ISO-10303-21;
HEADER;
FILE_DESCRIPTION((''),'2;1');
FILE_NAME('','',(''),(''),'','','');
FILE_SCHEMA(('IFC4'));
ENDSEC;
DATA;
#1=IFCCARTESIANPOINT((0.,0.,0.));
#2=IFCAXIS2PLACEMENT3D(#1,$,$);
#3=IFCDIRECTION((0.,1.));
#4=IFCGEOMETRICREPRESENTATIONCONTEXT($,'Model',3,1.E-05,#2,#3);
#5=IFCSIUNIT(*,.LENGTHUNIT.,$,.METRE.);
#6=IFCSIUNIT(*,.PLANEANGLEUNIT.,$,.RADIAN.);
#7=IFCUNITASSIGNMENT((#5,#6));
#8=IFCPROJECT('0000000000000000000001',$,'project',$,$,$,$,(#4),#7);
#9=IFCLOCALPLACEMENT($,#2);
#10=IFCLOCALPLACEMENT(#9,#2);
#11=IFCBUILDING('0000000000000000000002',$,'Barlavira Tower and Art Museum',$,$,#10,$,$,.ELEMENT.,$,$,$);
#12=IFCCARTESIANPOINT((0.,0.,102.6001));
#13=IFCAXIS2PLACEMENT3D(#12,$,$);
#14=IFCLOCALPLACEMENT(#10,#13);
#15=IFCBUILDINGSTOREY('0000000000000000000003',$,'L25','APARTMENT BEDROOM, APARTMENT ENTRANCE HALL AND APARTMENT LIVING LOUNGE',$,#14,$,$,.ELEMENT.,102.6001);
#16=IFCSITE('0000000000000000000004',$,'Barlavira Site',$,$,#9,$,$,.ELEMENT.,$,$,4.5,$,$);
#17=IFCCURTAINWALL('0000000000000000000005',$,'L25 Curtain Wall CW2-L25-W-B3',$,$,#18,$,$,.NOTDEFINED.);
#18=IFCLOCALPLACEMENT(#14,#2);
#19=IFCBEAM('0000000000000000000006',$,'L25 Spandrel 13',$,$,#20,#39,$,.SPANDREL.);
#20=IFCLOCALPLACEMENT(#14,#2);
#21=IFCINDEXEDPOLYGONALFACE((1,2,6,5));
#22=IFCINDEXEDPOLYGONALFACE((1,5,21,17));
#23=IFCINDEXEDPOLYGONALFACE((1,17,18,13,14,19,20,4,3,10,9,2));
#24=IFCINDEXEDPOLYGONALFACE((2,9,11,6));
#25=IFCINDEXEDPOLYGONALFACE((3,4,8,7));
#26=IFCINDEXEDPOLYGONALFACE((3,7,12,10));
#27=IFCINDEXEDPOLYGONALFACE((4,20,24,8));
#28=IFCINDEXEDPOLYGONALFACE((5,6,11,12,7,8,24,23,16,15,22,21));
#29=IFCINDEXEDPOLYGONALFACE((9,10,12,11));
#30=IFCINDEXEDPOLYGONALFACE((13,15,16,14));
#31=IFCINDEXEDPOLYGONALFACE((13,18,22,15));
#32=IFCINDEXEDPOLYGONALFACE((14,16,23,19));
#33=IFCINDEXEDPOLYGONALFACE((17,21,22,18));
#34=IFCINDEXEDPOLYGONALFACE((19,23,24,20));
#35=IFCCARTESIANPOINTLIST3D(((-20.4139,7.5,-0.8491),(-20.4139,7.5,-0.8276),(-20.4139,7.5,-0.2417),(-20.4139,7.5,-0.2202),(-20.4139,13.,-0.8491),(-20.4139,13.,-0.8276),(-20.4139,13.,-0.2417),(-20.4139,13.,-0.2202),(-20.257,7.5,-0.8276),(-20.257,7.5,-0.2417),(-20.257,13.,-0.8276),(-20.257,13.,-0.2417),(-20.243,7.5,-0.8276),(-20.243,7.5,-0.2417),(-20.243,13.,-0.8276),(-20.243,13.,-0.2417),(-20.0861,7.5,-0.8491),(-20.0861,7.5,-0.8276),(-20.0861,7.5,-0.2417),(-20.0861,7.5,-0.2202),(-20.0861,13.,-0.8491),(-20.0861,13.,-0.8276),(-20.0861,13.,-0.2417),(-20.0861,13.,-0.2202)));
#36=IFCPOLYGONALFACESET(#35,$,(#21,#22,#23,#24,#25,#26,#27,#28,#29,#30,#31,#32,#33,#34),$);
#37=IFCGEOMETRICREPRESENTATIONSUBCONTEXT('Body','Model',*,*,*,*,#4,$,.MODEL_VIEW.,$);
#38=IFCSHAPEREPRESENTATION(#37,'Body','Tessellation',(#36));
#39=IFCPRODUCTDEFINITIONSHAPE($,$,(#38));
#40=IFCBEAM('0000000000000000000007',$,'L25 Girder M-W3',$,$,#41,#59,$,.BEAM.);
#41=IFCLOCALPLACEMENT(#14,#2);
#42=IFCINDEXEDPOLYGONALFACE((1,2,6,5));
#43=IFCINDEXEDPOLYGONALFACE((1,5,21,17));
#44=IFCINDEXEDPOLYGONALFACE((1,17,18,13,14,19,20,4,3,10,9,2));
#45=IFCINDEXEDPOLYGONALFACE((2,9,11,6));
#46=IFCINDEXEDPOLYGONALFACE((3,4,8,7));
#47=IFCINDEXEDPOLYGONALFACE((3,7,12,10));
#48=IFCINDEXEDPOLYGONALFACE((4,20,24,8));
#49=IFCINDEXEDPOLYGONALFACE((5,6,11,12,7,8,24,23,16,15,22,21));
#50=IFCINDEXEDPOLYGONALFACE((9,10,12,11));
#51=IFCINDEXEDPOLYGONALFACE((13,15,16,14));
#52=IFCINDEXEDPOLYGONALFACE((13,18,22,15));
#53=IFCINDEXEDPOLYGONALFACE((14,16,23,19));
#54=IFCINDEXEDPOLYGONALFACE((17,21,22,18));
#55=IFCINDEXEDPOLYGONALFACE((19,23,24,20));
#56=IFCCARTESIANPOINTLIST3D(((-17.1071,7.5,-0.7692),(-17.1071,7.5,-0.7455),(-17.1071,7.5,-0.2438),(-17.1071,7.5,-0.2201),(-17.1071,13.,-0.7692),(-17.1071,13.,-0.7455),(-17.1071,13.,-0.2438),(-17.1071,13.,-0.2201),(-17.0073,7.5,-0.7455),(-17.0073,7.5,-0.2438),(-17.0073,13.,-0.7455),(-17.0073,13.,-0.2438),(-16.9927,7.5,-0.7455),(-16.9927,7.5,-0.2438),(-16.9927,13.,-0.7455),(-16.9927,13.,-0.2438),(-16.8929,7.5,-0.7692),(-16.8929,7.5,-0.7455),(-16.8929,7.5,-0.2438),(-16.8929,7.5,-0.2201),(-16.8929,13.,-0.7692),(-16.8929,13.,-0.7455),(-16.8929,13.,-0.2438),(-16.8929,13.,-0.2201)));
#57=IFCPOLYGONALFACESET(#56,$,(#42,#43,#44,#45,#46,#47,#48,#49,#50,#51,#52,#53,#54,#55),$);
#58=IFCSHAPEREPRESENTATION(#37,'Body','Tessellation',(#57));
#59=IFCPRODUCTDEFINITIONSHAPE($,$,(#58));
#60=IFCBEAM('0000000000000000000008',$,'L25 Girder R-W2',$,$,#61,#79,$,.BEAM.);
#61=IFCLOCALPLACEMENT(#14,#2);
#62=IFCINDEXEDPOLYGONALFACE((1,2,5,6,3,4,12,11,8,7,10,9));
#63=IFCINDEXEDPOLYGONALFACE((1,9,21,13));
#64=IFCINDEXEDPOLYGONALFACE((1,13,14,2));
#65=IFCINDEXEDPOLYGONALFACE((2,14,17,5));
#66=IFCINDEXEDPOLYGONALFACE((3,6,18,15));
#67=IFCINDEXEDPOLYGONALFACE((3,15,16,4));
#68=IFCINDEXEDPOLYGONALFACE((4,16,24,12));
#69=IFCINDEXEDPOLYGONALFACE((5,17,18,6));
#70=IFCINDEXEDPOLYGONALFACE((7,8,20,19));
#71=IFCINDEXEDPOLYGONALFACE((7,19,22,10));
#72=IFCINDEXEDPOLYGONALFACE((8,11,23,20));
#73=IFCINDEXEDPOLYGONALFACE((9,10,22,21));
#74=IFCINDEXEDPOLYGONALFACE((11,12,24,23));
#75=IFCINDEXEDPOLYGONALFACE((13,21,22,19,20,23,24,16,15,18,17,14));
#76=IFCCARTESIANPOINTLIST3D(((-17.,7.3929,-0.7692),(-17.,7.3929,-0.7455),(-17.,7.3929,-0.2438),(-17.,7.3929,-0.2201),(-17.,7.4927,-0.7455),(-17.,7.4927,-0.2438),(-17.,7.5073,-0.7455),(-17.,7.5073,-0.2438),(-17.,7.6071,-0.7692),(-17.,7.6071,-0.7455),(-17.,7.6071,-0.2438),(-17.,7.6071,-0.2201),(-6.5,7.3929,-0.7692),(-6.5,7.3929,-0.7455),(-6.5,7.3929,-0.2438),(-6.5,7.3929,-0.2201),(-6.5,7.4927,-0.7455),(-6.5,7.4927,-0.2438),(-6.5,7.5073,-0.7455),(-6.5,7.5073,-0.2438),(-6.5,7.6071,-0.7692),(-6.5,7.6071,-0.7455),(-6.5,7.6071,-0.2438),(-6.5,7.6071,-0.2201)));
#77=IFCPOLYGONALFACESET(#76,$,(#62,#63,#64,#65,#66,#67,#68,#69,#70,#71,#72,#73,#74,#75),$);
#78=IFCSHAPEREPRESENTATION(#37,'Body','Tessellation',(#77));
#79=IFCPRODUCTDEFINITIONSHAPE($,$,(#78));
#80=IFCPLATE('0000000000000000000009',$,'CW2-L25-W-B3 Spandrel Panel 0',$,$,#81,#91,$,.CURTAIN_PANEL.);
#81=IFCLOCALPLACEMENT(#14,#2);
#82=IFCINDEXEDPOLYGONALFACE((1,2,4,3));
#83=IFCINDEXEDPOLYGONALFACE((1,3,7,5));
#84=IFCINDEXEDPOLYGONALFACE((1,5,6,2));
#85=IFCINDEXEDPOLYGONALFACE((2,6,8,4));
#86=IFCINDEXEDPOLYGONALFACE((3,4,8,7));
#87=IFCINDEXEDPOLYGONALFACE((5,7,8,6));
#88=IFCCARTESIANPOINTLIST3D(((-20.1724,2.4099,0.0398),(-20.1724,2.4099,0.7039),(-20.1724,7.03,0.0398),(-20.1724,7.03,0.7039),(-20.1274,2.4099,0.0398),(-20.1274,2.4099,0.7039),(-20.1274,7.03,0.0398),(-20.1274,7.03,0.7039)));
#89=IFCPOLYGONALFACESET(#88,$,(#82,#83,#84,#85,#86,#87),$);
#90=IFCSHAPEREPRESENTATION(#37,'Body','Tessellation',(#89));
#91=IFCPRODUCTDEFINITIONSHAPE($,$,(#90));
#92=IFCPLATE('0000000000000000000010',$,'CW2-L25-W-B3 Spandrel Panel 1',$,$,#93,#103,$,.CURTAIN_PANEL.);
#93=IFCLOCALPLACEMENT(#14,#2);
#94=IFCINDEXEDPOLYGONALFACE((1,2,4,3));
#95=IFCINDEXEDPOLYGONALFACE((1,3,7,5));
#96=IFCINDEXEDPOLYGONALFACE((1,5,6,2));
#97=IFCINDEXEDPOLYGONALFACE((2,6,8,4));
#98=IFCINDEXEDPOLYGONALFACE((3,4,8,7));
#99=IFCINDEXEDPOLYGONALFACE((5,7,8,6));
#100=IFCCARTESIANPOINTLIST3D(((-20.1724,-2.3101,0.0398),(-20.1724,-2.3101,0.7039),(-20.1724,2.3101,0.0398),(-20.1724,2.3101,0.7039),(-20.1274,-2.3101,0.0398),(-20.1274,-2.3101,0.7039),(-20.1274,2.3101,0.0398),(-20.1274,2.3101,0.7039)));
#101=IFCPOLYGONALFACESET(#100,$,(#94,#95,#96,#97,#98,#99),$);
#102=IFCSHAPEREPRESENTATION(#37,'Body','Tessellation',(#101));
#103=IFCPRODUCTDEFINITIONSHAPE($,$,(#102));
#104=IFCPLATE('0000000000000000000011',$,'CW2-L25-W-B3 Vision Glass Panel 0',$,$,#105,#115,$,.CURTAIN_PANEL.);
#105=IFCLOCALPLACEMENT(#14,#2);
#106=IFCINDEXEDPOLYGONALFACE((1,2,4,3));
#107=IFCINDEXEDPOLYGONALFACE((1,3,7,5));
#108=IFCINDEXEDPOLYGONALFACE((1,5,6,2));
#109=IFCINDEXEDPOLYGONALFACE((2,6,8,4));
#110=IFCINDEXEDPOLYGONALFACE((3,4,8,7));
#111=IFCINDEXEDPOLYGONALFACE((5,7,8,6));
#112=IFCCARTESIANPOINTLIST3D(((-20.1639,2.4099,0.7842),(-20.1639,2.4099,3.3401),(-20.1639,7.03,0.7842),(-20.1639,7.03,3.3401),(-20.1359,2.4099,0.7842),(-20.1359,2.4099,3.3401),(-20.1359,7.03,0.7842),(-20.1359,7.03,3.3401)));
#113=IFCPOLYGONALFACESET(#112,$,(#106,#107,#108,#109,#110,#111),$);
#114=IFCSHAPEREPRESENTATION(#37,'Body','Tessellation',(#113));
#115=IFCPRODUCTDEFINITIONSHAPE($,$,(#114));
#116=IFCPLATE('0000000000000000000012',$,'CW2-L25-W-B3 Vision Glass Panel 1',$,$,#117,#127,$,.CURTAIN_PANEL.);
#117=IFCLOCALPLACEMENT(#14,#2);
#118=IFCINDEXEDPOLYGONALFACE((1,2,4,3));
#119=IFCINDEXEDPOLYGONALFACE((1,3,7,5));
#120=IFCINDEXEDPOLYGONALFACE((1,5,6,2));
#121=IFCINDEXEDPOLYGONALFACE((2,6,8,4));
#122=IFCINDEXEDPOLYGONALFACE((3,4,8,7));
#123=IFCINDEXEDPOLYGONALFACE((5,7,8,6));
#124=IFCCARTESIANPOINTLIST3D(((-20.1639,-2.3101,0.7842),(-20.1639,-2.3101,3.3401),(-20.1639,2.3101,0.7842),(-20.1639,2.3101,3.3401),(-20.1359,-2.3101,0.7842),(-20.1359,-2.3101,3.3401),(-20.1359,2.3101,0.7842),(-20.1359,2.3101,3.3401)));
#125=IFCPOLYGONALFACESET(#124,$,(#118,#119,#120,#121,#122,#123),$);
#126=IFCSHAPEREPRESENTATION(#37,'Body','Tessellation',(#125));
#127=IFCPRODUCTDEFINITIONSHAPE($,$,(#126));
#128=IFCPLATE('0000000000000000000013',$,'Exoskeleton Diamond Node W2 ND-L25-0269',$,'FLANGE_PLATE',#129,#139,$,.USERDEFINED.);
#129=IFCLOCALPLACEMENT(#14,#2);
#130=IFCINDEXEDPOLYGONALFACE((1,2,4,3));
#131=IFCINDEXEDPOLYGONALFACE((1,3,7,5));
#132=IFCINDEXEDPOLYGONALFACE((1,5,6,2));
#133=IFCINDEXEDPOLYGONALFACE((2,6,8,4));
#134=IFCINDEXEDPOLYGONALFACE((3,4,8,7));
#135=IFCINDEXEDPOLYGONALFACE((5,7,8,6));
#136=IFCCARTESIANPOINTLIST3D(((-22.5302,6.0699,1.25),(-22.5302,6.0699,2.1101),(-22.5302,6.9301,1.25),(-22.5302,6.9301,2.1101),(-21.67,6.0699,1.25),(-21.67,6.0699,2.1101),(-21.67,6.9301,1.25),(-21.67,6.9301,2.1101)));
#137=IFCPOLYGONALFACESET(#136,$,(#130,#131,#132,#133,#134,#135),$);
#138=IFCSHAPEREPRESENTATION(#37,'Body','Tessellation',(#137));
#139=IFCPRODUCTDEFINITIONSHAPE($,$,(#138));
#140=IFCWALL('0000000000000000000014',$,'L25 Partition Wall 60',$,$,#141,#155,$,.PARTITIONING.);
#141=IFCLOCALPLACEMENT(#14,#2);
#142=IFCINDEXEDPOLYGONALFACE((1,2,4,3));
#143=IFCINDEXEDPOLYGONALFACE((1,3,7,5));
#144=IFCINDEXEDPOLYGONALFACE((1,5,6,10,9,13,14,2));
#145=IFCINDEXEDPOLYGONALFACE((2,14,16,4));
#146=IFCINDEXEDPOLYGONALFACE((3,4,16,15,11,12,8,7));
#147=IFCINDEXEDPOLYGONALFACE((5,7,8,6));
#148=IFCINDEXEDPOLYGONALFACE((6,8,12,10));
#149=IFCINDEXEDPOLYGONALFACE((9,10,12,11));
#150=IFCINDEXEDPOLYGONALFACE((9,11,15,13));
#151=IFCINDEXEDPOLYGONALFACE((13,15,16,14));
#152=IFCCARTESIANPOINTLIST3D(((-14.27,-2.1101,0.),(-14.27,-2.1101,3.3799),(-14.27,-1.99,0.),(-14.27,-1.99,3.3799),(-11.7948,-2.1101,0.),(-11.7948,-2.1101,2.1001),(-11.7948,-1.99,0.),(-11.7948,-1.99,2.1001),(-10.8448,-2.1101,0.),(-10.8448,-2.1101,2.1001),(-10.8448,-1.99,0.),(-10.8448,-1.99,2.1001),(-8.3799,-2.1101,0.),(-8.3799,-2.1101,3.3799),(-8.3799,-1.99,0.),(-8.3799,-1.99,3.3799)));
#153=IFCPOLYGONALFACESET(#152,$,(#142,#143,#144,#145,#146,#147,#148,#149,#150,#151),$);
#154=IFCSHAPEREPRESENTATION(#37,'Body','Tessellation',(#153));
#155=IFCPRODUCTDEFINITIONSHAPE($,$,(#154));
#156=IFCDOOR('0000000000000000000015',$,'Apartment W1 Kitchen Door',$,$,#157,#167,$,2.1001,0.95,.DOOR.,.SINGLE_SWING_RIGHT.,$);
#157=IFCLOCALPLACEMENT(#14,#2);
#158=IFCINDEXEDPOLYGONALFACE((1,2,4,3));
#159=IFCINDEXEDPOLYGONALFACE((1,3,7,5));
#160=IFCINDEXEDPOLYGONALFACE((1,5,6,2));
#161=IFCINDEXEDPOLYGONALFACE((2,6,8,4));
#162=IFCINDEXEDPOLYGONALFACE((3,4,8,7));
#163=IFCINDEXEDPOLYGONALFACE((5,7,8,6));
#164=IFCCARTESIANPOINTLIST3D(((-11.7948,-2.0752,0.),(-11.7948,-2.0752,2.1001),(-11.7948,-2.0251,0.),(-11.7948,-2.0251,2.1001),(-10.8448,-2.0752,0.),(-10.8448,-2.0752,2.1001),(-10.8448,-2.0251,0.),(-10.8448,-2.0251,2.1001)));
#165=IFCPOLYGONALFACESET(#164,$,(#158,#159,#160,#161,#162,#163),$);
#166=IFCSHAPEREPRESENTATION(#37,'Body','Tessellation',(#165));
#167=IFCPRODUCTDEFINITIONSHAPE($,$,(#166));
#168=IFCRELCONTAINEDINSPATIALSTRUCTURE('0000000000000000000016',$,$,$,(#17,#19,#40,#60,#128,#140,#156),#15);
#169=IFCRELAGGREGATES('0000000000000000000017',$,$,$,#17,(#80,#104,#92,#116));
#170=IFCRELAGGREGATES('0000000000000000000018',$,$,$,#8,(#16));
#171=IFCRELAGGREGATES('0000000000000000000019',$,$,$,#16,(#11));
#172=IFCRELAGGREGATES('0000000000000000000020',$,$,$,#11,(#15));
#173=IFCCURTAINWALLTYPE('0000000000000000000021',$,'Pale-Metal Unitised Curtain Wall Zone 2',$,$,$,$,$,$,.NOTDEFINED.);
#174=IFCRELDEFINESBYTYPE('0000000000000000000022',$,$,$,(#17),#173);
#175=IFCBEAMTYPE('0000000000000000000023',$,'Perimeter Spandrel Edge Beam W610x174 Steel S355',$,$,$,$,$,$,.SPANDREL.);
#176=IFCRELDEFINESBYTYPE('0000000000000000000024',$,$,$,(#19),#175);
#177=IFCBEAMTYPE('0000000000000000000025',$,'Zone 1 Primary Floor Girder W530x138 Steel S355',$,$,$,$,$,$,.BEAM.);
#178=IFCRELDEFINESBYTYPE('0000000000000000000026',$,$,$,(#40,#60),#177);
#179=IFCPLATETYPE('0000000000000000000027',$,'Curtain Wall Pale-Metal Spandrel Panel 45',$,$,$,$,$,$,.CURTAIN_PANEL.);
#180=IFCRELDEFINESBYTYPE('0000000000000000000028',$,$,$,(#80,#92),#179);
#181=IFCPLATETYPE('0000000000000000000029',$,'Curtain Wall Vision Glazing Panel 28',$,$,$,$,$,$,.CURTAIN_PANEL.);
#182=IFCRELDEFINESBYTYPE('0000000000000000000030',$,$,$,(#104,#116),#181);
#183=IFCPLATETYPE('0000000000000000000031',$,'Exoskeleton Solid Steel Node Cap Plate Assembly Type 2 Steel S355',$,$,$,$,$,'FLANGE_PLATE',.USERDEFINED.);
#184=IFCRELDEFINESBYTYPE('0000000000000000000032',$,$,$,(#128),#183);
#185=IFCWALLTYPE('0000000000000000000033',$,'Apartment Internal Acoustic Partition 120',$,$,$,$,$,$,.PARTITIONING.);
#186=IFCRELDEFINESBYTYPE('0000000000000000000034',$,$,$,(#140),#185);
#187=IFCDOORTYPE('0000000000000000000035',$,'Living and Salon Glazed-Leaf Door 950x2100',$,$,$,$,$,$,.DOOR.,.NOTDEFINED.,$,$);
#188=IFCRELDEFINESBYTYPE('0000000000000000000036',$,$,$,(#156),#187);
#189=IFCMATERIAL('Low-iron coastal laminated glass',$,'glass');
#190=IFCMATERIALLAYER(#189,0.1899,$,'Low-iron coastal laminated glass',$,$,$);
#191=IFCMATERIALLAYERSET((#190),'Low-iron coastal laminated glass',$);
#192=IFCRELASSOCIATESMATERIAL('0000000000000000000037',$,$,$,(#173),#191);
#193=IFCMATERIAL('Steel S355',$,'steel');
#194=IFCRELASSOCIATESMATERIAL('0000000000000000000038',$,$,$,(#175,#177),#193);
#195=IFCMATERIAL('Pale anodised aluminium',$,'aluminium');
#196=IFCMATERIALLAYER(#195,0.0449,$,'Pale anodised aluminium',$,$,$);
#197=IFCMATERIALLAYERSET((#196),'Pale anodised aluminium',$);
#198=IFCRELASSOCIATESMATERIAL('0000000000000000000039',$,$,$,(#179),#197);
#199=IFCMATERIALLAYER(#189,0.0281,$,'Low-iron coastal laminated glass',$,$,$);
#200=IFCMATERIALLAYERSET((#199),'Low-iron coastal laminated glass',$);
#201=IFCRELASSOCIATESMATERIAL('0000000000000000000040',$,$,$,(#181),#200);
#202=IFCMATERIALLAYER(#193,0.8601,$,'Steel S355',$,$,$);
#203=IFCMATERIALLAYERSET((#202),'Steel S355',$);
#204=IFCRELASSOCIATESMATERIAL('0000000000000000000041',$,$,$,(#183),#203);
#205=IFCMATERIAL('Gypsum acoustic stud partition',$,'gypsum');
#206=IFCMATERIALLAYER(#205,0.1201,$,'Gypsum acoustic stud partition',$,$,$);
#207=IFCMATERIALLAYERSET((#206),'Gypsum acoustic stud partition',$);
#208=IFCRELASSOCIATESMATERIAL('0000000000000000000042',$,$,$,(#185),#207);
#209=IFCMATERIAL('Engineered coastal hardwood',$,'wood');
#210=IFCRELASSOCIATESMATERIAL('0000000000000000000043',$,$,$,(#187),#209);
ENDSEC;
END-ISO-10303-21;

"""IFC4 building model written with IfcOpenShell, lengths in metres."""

from ifc_helpers import new_model, si_unit, direction, frame, frame_2d, origin, origin_2d, place, context, subcontext, project, spatial, rectangle, i_section, extrude, material, layer, layer_set, material_profile, profile_set, type_object, element, fill, aggregate, save


model = new_model("IFC4")

# Units and contexts
model_context = context("Model", 3, precision=1e-05, world=origin(), true_north=direction((0.0, 1.0)))
body_context = subcontext(model_context, "Body", "Model", "MODEL_VIEW")
ifc_project = project(units=[si_unit("LENGTHUNIT", "METRE"), si_unit("PLANEANGLEUNIT", "RADIAN")], contexts=[model_context])

# Site, building, storey
site_placement = place(None, origin())
site = spatial("IfcSite", under=ifc_project, at=site_placement, Name="Barlavira Site", CompositionType="ELEMENT", RefElevation=4.5)
building_placement = place(site_placement, origin())
building = spatial("IfcBuilding", under=site, at=building_placement, Name="Barlavira Tower and Art Museum", CompositionType="ELEMENT")
storey_placement = place(building_placement, frame((0.0, 0.0, 102.6001)))
storey = spatial("IfcBuildingStorey", under=building, at=storey_placement, Name="L25", Description="APARTMENT BEDROOM, APARTMENT ENTRANCE HALL AND APARTMENT LIVING LOUNGE", CompositionType="ELEMENT", Elevation=102.6001)

# Curtain wall
ifc_material_1 = material(Name="Low-iron coastal laminated glass", Category="glass")
ifc_layer_1 = layer(ifc_material_1, 0.1899, Name="Low-iron coastal laminated glass")
ifc_layer_set_1 = layer_set([ifc_layer_1], Name="Low-iron coastal laminated glass")
curtain_wall_type = type_object("IfcCurtainWallType", Name="Pale-Metal Unitised Curtain Wall Zone 2", PredefinedType="NOTDEFINED", material=ifc_layer_set_1)
curtain_wall_placement = place(storey_placement, origin())
curtain_wall = element("IfcCurtainWall", 1, at=curtain_wall_placement, inside=storey, type_object=curtain_wall_type, Name="L25 Curtain Wall CW2-L25-W-B3", PredefinedType="NOTDEFINED")
ifc_material_2 = material(Name="Pale anodised aluminium", Category="aluminium")

# Beams
ifc_material_3 = material(Name="Steel S355", Category="steel")
ifc_material_profile_1 = material_profile(ifc_material_3, i_section(OverallWidth=0.3279, OverallDepth=0.6289, WebThickness=0.0139, FlangeThickness=0.0215, at=origin_2d()), Name="W610x174.0")
ifc_profile_set_1 = profile_set([ifc_material_profile_1], Name="Steel S355")
beam_type_1 = type_object("IfcBeamType", Name="Perimeter Spandrel Edge Beam W610x174 Steel S355", PredefinedType="SPANDREL", material=ifc_profile_set_1)
beam_1_placement = place(storey_placement, frame((-20.25, 7.5, -0.5347), z_axis=(0.0, 1.0, 0.0), x_axis=(-1.0, 0.0, 0.0)))
element("IfcBeam", 2, at=beam_1_placement, inside=storey, type_object=beam_type_1, Name="L25 Spandrel 13", PredefinedType="SPANDREL", context=body_context, shape_type="SweptSolid", body=[
    extrude(i_section(OverallWidth=0.3279, OverallDepth=0.6289, WebThickness=0.0139, FlangeThickness=0.0215, at=origin_2d()), origin(), (0.0, 0.0, 1.0), 5.5),
])
ifc_material_profile_2 = material_profile(ifc_material_3, i_section(OverallWidth=0.2141, OverallDepth=0.5491, WebThickness=0.0146, FlangeThickness=0.0237, at=origin_2d()), Name="W530x138.0")
ifc_profile_set_2 = profile_set([ifc_material_profile_2], Name="Steel S355")
beam_type_2 = type_object("IfcBeamType", Name="Zone 1 Primary Floor Girder W530x138 Steel S355", PredefinedType="BEAM", material=ifc_profile_set_2)
beam_2_placement = place(storey_placement, frame((-17.0, 7.5, -0.4946), z_axis=(0.0, 1.0, 0.0), x_axis=(-1.0, 0.0, 0.0)))
element("IfcBeam", 3, at=beam_2_placement, inside=storey, type_object=beam_type_2, Name="L25 Girder M-W3", PredefinedType="BEAM", context=body_context, shape_type="SweptSolid", body=[
    extrude(i_section(OverallWidth=0.2141, OverallDepth=0.5491, WebThickness=0.0146, FlangeThickness=0.0237, at=origin_2d()), origin(), (0.0, 0.0, 1.0), 5.5),
])
beam_3_placement = place(storey_placement, frame((-17.0, 7.5, -0.4946), z_axis=(1.0, 0.0, 0.0), x_axis=(0.0, 1.0, 0.0)))
element("IfcBeam", 4, at=beam_3_placement, inside=storey, type_object=beam_type_2, Name="L25 Girder R-W2", PredefinedType="BEAM", context=body_context, shape_type="SweptSolid", body=[
    extrude(i_section(OverallWidth=0.2141, OverallDepth=0.5491, WebThickness=0.0146, FlangeThickness=0.0237, at=origin_2d()), origin(), (0.0, 0.0, 1.0), 10.5),
])

# Plates
ifc_layer_2 = layer(ifc_material_2, 0.0449, Name="Pale anodised aluminium")
ifc_layer_set_2 = layer_set([ifc_layer_2], Name="Pale anodised aluminium")
plate_type_1 = type_object("IfcPlateType", Name="Curtain Wall Pale-Metal Spandrel Panel 45", PredefinedType="CURTAIN_PANEL", material=ifc_layer_set_2)
plate_1_placement = place(storey_placement, frame((-20.1499, 4.72, 0.0398), z_axis=(0.0, 0.0, 1.0), x_axis=(0.0, -1.0, 0.0)))
plate_1 = element("IfcPlate", 5, at=plate_1_placement, type_object=plate_type_1, Name="CW2-L25-W-B3 Spandrel Panel 0", PredefinedType="CURTAIN_PANEL", context=body_context, shape_type="SweptSolid", body=[
    extrude(rectangle(XDim=4.6201, YDim=0.0449, at=origin_2d()), origin(), (0.0, 0.0, 1.0), 0.6641),
])
plate_2_placement = place(storey_placement, frame((-20.1499, 0.0, 0.0398), z_axis=(0.0, 0.0, 1.0), x_axis=(0.0, -1.0, 0.0)))
plate_2 = element("IfcPlate", 6, at=plate_2_placement, type_object=plate_type_1, Name="CW2-L25-W-B3 Spandrel Panel 1", PredefinedType="CURTAIN_PANEL", context=body_context, shape_type="SweptSolid", body=[
    extrude(rectangle(XDim=4.6201, YDim=0.0449, at=origin_2d()), origin(), (0.0, 0.0, 1.0), 0.6641),
])
ifc_layer_3 = layer(ifc_material_1, 0.0281, Name="Low-iron coastal laminated glass")
ifc_layer_set_3 = layer_set([ifc_layer_3], Name="Low-iron coastal laminated glass")
plate_type_2 = type_object("IfcPlateType", Name="Curtain Wall Vision Glazing Panel 28", PredefinedType="CURTAIN_PANEL", material=ifc_layer_set_3)
plate_3_placement = place(storey_placement, frame((-20.1499, 4.72, 0.7842), z_axis=(0.0, 0.0, 1.0), x_axis=(0.0, -1.0, 0.0)))
plate_3 = element("IfcPlate", 7, at=plate_3_placement, type_object=plate_type_2, Name="CW2-L25-W-B3 Vision Glass Panel 0", PredefinedType="CURTAIN_PANEL", context=body_context, shape_type="SweptSolid", body=[
    extrude(rectangle(XDim=4.6201, YDim=0.0281, at=origin_2d()), origin(), (0.0, 0.0, 1.0), 2.5559),
])
plate_4_placement = place(storey_placement, frame((-20.1499, 0.0, 0.7842), z_axis=(0.0, 0.0, 1.0), x_axis=(0.0, -1.0, 0.0)))
plate_4 = element("IfcPlate", 8, at=plate_4_placement, type_object=plate_type_2, Name="CW2-L25-W-B3 Vision Glass Panel 1", PredefinedType="CURTAIN_PANEL", context=body_context, shape_type="SweptSolid", body=[
    extrude(rectangle(XDim=4.6201, YDim=0.0281, at=origin_2d()), origin(), (0.0, 0.0, 1.0), 2.5559),
])
aggregate(curtain_wall, [plate_1, plate_3, plate_2, plate_4])
ifc_layer_4 = layer(ifc_material_3, 0.8601, Name="Steel S355")
ifc_layer_set_4 = layer_set([ifc_layer_4], Name="Steel S355")
plate_type_3 = type_object("IfcPlateType", Name="Exoskeleton Solid Steel Node Cap Plate Assembly Type 2 Steel S355", ElementType="FLANGE_PLATE", PredefinedType="USERDEFINED", material=ifc_layer_set_4)
plate_5_placement = place(storey_placement, frame((-22.1001, 6.5, 1.25), z_axis=(0.0, 0.0, 1.0), x_axis=(1.0, 0.0, 0.0)))
element("IfcPlate", 9, at=plate_5_placement, inside=storey, type_object=plate_type_3, Name="Exoskeleton Diamond Node W2 ND-L25-0269", ObjectType="FLANGE_PLATE", PredefinedType="USERDEFINED", context=body_context, shape_type="SweptSolid", body=[
    extrude(rectangle(XDim=0.8601, YDim=0.8601, at=origin_2d()), origin(), (0.0, 0.0, 1.0), 0.8601),
])

# Wall, opening, door
ifc_material_4 = material(Name="Gypsum acoustic stud partition", Category="gypsum")
ifc_layer_5 = layer(ifc_material_4, 0.1201, Name="Gypsum acoustic stud partition")
ifc_layer_set_5 = layer_set([ifc_layer_5], Name="Gypsum acoustic stud partition")
wall_type_1 = type_object("IfcWallType", Name="Apartment Internal Acoustic Partition 120", PredefinedType="PARTITIONING", material=ifc_layer_set_5)
wall_1_placement = place(storey_placement, frame((-14.27, -2.05, 0.0), z_axis=(0.0, 0.0, 1.0), x_axis=(1.0, 0.0, 0.0)))
wall_1 = element("IfcWall", 10, at=wall_1_placement, inside=storey, type_object=wall_type_1, Name="L25 Partition Wall 60", PredefinedType="PARTITIONING", context=body_context, shape_type="SweptSolid", body=[
    extrude(rectangle(XDim=5.8901, YDim=0.1201, at=frame_2d((2.9451, 0.0))), origin(), (0.0, 0.0, 1.0), 3.3799),
])
opening_1_placement = place(wall_1_placement, frame((2.4751, 0.0, 0.0)))
opening_1 = element("IfcOpeningElement", 11, at=opening_1_placement, cuts=wall_1, PredefinedType="OPENING", context=body_context, shape_type="SweptSolid", body=[
    extrude(rectangle(XDim=0.95, YDim=2.1001, at=frame_2d((0.4751, 1.05))), frame((0.0, 0.0701, 0.0), z_axis=(0.0, -1.0, 0.0), x_axis=(1.0, 0.0, 0.0)), (0.0, 0.0, 1.0), 0.1401),
])
ifc_material_5 = material(Name="Engineered coastal hardwood", Category="wood")
door_type_1 = type_object("IfcDoorType", Name="Living and Salon Glazed-Leaf Door 950x2100", OperationType="NOTDEFINED", PredefinedType="DOOR", material=ifc_material_5)
door_1_placement = place(opening_1_placement, origin())
door_1 = element("IfcDoor", 12, at=door_1_placement, inside=storey, type_object=door_type_1, Name="Apartment W1 Kitchen Door", OperationType="SINGLE_SWING_RIGHT", OverallHeight=2.1001, OverallWidth=0.95, PredefinedType="DOOR", context=body_context, shape_type="SweptSolid", body=[
    extrude(rectangle(XDim=0.95, YDim=2.1001, at=frame_2d((0.4751, 1.05))), frame((0.0, 0.0249, 0.0), z_axis=(0.0, -1.0, 0.0), x_axis=(1.0, 0.0, 0.0)), (0.0, 0.0, 1.0), 0.05),
])
fill(opening_1, door_1)

save(model, "model.ifc")
